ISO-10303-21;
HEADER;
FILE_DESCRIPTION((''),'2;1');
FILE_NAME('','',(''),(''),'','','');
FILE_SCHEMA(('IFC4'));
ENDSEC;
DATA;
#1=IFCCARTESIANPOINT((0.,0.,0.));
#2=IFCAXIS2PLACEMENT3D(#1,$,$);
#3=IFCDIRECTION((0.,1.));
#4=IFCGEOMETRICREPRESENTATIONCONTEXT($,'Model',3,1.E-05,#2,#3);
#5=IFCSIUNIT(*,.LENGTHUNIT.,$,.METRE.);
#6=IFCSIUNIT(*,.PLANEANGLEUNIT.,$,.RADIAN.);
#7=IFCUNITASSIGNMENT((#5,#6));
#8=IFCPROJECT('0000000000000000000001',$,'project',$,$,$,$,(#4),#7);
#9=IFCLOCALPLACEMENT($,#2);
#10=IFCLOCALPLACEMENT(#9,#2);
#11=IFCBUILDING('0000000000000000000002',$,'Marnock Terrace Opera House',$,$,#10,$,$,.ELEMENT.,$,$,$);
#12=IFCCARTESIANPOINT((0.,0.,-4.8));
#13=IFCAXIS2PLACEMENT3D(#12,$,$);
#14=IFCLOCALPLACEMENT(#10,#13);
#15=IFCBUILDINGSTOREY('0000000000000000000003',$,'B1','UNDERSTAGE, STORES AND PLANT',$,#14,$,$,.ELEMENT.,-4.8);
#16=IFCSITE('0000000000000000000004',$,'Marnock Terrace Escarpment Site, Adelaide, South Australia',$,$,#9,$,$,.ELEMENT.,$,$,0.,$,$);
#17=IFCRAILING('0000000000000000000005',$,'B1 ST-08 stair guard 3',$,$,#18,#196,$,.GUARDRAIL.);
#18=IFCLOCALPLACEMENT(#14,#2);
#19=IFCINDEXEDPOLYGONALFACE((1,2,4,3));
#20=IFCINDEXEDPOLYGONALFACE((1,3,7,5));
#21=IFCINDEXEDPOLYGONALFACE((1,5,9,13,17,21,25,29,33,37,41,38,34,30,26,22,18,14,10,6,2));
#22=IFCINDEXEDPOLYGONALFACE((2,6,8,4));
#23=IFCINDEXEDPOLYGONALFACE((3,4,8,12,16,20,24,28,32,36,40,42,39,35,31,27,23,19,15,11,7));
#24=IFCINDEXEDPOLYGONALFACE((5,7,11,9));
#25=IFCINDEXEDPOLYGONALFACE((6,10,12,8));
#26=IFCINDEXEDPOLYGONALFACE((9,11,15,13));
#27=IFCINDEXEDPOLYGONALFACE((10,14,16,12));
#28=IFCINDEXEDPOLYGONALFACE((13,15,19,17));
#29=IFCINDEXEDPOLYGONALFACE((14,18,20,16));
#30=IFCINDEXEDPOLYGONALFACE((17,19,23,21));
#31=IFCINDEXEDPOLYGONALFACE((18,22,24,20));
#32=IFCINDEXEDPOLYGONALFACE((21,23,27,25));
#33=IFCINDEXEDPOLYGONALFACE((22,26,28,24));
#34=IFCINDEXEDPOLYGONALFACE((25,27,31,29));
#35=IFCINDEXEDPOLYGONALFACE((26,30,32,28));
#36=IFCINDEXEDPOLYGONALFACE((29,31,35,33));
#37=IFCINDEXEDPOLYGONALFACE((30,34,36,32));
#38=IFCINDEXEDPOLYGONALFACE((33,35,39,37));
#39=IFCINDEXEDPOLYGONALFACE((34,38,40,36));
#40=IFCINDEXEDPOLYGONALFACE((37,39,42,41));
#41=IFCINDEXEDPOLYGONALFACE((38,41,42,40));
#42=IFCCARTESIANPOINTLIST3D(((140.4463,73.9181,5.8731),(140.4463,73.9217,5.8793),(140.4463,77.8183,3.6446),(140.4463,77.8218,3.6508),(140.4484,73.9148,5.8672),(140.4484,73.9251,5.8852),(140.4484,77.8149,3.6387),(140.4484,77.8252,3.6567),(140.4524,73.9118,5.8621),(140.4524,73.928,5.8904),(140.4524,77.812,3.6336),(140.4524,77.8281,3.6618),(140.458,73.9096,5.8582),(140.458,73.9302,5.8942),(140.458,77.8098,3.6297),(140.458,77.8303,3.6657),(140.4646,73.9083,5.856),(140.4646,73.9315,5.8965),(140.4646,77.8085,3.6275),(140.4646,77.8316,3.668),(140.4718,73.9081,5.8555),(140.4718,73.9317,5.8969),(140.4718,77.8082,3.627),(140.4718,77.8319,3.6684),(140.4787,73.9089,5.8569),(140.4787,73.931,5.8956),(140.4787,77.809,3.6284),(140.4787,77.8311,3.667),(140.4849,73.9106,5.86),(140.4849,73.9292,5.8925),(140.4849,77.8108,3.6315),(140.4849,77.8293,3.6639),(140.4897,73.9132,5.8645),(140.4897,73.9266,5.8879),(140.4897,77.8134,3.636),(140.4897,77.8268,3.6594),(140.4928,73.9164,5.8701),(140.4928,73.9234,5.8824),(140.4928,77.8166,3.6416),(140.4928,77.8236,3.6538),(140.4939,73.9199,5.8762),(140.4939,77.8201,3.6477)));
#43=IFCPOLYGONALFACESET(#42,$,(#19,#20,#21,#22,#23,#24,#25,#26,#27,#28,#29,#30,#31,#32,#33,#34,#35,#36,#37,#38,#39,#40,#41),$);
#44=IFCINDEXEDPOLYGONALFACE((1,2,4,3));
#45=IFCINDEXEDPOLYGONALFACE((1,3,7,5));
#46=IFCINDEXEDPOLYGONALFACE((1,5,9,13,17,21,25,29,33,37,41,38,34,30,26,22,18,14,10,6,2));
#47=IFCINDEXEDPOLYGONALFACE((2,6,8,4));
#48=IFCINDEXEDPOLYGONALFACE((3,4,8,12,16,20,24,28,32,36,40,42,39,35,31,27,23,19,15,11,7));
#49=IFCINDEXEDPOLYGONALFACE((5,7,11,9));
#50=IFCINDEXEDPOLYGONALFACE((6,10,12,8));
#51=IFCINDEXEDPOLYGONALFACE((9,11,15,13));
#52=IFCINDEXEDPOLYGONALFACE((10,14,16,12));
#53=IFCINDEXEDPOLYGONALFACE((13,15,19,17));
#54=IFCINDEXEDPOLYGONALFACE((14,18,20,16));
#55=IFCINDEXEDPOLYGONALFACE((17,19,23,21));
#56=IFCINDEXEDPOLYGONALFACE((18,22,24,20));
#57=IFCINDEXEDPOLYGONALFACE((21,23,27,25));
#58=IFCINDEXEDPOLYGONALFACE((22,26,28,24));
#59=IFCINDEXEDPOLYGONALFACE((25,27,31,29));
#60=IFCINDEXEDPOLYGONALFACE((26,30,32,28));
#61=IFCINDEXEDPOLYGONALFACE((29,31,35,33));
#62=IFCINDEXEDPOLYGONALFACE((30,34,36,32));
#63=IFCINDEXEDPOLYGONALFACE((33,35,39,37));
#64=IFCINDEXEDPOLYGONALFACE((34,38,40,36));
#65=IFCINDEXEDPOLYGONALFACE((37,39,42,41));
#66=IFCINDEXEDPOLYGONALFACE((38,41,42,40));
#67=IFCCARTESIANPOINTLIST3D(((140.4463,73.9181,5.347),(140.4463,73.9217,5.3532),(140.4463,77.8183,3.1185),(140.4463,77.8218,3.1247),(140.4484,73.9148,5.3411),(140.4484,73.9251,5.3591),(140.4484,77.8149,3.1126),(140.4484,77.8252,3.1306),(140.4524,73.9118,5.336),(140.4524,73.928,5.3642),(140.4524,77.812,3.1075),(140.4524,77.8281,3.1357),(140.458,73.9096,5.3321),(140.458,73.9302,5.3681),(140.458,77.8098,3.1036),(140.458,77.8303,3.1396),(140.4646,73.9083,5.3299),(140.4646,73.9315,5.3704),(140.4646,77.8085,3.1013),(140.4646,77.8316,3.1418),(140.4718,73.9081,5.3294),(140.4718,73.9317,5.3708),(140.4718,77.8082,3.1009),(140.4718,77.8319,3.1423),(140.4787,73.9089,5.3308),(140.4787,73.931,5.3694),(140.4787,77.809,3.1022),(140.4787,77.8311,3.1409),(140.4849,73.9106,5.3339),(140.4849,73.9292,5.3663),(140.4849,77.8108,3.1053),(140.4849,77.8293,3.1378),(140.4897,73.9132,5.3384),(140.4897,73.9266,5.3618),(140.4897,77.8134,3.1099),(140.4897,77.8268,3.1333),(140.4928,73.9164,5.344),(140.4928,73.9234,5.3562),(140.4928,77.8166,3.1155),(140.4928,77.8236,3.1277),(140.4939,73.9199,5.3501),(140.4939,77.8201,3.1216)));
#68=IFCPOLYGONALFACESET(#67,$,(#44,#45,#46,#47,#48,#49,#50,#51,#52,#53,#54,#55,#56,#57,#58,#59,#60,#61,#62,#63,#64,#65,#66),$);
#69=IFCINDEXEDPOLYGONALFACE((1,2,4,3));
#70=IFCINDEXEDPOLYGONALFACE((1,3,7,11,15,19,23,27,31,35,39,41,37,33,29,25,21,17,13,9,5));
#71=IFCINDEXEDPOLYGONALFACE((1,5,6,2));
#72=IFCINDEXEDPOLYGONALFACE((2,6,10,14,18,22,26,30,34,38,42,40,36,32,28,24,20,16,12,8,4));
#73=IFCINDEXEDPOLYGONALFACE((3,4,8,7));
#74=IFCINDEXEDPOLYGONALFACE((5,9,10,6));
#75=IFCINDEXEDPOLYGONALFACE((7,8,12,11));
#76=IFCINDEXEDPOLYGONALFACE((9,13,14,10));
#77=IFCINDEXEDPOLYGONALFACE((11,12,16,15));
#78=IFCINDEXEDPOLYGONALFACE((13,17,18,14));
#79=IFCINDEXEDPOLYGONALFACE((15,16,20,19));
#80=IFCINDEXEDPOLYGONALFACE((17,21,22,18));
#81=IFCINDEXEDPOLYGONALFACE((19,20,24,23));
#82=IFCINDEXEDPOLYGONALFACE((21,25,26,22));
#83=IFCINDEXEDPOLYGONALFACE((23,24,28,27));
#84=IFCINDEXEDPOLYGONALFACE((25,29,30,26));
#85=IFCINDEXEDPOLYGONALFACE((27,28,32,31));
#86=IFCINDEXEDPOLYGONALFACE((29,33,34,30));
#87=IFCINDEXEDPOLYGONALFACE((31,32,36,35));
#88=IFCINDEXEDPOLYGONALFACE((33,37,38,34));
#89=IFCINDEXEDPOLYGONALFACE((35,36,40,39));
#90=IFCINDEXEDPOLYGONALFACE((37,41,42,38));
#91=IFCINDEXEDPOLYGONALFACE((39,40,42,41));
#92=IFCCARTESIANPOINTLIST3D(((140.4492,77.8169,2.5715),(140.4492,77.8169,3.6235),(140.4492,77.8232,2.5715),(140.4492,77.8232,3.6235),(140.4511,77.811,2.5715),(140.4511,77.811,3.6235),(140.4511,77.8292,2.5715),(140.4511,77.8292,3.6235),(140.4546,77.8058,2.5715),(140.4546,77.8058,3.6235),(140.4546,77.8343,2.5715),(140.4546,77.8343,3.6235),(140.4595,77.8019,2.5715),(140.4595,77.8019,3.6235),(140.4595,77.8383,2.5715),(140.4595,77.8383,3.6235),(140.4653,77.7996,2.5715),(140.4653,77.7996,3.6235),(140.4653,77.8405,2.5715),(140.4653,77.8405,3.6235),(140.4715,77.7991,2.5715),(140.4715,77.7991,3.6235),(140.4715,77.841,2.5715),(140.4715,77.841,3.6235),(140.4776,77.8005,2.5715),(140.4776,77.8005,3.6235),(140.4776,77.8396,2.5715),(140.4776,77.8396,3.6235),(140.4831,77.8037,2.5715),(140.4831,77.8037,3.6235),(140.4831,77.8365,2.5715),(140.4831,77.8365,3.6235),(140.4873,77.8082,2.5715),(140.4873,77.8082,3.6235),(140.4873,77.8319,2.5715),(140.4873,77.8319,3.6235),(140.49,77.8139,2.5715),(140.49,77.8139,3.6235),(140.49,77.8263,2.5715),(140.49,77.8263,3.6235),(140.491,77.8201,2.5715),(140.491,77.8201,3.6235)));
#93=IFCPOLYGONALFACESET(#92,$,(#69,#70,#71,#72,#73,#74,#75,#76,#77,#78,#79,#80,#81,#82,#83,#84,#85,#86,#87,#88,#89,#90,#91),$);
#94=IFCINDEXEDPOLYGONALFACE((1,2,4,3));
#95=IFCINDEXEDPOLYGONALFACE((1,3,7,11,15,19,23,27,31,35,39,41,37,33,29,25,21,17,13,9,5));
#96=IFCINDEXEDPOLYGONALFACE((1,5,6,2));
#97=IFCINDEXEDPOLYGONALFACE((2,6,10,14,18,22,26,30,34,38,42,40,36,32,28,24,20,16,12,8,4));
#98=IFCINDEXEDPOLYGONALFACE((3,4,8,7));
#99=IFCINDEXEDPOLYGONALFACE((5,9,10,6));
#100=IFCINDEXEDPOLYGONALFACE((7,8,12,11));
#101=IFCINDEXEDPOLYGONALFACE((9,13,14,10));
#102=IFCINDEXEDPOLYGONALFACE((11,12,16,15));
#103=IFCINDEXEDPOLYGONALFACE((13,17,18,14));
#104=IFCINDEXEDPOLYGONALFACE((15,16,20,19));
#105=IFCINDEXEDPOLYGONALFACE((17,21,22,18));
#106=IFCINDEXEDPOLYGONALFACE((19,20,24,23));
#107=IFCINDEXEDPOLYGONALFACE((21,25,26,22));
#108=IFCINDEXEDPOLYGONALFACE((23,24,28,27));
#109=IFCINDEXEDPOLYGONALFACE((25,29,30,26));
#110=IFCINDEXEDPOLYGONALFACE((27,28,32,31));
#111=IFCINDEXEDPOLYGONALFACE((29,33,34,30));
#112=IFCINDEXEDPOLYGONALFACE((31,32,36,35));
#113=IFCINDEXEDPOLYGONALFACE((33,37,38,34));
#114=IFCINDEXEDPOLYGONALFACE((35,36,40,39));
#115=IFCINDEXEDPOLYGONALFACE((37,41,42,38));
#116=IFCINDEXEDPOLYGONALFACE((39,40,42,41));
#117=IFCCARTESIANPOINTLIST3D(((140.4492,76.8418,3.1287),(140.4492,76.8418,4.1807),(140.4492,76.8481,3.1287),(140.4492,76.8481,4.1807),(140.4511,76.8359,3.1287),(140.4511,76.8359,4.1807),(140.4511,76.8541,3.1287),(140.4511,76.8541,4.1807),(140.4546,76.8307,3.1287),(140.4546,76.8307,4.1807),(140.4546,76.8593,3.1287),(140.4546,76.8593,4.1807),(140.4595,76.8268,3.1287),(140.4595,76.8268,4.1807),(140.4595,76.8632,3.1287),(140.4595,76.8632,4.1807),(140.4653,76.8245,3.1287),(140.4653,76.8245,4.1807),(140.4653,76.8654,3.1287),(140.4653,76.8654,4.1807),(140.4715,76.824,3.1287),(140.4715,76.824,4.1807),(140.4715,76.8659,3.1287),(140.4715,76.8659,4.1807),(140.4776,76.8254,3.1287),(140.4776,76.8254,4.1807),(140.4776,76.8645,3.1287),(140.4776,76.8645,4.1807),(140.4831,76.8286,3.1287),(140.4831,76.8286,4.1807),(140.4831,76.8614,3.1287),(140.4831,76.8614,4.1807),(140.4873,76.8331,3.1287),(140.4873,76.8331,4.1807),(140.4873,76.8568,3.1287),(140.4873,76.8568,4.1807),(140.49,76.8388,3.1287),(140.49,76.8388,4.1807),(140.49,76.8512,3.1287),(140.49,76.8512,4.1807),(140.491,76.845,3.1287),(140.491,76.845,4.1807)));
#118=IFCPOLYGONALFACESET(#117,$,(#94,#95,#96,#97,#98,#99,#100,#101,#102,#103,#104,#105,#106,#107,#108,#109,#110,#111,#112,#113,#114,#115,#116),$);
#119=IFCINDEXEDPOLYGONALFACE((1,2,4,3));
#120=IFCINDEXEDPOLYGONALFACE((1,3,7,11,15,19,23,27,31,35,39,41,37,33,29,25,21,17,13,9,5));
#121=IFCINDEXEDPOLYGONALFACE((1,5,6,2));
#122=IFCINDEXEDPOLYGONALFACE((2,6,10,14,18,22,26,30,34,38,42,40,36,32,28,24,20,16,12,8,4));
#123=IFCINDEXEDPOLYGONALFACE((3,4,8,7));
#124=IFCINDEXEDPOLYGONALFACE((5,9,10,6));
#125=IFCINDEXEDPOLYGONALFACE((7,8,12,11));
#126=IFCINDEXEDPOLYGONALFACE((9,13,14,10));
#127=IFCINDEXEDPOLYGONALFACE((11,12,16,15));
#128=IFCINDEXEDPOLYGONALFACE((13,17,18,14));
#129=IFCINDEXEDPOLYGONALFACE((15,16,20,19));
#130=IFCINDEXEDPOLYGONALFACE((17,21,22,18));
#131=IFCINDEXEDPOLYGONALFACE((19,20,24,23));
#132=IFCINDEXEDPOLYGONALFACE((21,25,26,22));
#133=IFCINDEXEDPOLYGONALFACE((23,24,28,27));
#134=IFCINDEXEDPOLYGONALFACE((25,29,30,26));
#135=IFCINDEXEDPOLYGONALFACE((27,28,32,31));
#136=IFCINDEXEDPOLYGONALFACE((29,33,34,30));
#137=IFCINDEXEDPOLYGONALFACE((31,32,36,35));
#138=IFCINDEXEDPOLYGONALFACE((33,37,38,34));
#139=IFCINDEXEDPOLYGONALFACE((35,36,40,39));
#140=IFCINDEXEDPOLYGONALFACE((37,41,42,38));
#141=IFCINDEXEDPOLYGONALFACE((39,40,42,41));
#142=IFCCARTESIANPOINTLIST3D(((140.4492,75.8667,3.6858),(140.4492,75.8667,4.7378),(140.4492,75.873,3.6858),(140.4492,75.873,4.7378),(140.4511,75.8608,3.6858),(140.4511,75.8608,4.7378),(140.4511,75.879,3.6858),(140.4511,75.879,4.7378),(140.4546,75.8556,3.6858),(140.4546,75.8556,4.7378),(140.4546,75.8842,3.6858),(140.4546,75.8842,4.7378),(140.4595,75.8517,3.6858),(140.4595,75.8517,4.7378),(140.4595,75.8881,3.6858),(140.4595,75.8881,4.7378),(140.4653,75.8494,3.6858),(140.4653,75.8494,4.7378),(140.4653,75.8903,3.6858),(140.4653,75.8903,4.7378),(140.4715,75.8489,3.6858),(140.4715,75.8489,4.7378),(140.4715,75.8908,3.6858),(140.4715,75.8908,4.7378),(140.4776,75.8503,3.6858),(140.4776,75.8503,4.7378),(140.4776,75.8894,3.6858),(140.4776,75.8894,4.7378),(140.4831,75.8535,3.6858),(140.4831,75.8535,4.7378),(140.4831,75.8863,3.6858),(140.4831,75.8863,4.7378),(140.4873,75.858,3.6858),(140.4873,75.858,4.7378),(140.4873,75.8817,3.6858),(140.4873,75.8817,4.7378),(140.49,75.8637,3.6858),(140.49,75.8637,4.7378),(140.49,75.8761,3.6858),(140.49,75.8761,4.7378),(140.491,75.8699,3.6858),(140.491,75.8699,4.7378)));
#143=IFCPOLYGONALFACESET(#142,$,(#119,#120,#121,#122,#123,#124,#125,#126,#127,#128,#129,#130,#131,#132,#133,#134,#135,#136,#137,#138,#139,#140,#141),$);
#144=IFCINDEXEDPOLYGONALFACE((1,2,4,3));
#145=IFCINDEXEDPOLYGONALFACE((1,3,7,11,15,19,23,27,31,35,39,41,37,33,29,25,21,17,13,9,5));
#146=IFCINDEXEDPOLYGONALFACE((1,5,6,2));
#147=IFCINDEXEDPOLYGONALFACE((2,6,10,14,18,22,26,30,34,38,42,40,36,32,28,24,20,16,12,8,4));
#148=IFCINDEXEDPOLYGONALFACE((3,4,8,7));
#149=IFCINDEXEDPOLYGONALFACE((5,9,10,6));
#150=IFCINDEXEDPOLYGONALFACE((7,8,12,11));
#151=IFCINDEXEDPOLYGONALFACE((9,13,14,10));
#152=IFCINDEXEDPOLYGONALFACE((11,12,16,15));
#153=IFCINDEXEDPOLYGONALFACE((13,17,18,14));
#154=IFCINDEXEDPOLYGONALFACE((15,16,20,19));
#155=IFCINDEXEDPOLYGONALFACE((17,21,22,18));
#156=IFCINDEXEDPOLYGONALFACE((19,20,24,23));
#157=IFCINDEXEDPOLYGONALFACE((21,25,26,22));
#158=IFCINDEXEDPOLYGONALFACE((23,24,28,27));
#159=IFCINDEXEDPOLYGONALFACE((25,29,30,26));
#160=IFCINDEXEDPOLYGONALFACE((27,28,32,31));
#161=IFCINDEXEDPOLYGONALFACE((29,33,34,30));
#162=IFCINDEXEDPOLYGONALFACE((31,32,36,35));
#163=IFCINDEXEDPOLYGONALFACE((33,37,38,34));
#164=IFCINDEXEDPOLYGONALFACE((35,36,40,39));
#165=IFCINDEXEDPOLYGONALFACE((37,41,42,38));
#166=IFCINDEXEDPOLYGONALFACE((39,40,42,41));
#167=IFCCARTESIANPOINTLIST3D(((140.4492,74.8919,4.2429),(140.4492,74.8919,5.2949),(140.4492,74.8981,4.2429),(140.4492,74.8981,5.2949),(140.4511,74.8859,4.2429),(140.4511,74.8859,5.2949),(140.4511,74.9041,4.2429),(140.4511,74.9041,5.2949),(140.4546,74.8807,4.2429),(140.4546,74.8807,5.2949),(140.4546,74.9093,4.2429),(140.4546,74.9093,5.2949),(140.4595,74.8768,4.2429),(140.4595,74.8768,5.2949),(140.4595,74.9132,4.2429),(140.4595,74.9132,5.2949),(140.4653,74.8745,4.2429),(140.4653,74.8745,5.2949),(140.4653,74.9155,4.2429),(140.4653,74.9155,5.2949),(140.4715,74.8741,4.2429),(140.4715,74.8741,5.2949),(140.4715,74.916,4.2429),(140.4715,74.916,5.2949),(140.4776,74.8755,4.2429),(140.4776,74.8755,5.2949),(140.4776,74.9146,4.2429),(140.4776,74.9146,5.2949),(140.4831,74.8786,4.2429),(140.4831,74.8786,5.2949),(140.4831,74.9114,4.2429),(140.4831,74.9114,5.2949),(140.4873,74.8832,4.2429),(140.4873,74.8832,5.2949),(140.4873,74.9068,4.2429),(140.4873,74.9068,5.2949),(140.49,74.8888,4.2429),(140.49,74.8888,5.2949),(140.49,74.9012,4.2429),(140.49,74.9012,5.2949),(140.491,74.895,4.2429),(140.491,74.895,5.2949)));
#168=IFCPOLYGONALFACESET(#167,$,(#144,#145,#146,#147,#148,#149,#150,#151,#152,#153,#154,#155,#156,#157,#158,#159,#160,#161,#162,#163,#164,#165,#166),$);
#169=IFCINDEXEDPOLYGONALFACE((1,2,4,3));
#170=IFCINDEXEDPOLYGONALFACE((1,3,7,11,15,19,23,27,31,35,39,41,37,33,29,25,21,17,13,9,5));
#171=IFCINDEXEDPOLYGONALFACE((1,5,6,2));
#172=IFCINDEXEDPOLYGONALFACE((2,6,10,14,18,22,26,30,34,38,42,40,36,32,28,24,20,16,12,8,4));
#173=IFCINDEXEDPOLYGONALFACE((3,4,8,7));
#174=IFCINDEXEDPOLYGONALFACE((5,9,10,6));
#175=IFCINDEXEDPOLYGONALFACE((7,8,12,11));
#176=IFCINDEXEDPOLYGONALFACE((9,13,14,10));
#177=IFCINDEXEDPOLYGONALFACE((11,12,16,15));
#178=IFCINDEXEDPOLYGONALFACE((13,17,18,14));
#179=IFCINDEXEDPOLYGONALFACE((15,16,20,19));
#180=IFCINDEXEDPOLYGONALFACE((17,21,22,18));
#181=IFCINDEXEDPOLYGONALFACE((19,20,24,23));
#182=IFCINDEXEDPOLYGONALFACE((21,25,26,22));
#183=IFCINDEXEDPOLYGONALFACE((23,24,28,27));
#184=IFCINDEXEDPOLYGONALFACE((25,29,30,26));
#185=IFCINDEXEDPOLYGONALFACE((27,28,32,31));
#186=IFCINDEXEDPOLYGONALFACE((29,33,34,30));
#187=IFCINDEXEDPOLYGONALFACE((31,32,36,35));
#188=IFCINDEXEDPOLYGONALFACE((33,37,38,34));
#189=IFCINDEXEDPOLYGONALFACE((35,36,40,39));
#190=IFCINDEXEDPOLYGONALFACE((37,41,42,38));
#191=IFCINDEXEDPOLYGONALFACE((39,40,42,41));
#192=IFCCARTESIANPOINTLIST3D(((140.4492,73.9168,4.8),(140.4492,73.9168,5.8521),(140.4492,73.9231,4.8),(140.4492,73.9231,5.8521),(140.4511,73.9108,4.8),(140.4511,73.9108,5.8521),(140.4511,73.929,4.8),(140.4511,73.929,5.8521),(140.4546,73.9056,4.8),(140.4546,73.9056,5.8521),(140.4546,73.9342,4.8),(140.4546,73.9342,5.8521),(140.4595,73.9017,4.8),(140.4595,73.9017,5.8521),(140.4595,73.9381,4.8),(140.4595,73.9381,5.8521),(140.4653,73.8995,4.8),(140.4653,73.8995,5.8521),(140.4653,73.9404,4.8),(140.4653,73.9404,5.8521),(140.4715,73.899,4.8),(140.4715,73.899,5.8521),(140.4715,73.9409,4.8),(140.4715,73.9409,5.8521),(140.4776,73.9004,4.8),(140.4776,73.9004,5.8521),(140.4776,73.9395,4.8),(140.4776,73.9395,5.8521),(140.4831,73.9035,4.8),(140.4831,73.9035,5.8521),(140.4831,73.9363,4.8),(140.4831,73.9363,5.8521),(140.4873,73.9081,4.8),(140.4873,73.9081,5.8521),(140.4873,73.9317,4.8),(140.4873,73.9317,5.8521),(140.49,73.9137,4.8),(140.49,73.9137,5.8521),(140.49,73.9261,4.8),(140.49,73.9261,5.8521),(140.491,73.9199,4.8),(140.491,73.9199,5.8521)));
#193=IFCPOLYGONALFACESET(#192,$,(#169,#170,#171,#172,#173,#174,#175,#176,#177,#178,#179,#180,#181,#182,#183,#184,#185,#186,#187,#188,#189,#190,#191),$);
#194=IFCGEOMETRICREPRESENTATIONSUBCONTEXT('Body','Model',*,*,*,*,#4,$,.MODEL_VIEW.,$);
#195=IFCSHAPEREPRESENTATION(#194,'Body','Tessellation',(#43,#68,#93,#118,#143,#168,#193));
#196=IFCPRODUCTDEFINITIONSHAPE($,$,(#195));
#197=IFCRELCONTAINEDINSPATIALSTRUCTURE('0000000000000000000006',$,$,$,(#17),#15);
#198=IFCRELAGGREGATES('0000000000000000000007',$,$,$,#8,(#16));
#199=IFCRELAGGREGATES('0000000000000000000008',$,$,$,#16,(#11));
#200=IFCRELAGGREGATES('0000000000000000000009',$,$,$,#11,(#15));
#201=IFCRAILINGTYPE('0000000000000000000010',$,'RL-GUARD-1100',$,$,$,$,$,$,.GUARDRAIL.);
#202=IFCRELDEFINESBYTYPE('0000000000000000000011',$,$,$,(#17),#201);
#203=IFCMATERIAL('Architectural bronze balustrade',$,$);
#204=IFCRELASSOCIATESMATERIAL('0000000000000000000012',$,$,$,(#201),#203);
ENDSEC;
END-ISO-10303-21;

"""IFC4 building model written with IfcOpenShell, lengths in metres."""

from ifc_helpers import new_model, si_unit, direction, frame, origin, origin_2d, place, context, subcontext, project, spatial, circle, extrude, material, type_object, element, save


model = new_model("IFC4")

# Units and contexts
model_context = context("Model", 3, precision=1e-05, world=origin(), true_north=direction((0.0, 1.0)))
body_context = subcontext(model_context, "Body", "Model", "MODEL_VIEW")
ifc_project = project(units=[si_unit("LENGTHUNIT", "METRE"), si_unit("PLANEANGLEUNIT", "RADIAN")], contexts=[model_context])

# Site, building, storey
site_placement = place(None, origin())
site = spatial("IfcSite", under=ifc_project, at=site_placement, Name="Marnock Terrace Escarpment Site, Adelaide, South Australia", CompositionType="ELEMENT", RefElevation=0.0)
building_placement = place(site_placement, origin())
building = spatial("IfcBuilding", under=site, at=building_placement, Name="Marnock Terrace Opera House", CompositionType="ELEMENT")
storey_placement = place(building_placement, frame((0.0, 0.0, -4.8)))
storey = spatial("IfcBuildingStorey", under=building, at=storey_placement, Name="B1", Description="UNDERSTAGE, STORES AND PLANT", CompositionType="ELEMENT", Elevation=-4.8)

# Railing
ifc_material_1 = material(Name="Architectural bronze balustrade")
railing_type_1 = type_object("IfcRailingType", Name="RL-GUARD-1100", PredefinedType="GUARDRAIL", material=ifc_material_1)
railing_1_placement = place(storey_placement, frame((140.47, 77.8201, 2.5715)))
element("IfcRailing", 1, at=railing_1_placement, inside=storey, type_object=railing_type_1, Name="B1 ST-08 stair guard 3", PredefinedType="GUARDRAIL", context=body_context, shape_type="SweptSolid", body=[
    extrude(circle(Radius=0.0239, at=origin_2d()), frame((0.0, 0.0, 1.0762), z_axis=(0.0, -0.868257, 0.496116), x_axis=(1.0, 0.0, 0.0)), (0.0, 0.0, 1.0), 4.4919),
    extrude(circle(Radius=0.0239, at=origin_2d()), frame((0.0, 0.0, 0.55), z_axis=(0.0, -0.868257, 0.496116), x_axis=(1.0, 0.0, 0.0)), (0.0, 0.0, 1.0), 4.4919),
    extrude(circle(Radius=0.021, at=origin_2d()), origin(), (0.0, 0.0, 1.0), 1.052),
    extrude(circle(Radius=0.021, at=origin_2d()), frame((0.0, -0.9751, 0.5571)), (0.0, 0.0, 1.0), 1.052),
    extrude(circle(Radius=0.021, at=origin_2d()), frame((0.0, -1.9502, 1.1143)), (0.0, 0.0, 1.0), 1.052),
    extrude(circle(Radius=0.021, at=origin_2d()), frame((0.0, -2.925, 1.6714)), (0.0, 0.0, 1.0), 1.052),
    extrude(circle(Radius=0.021, at=origin_2d()), frame((0.0, -3.9001, 2.2285)), (0.0, 0.0, 1.0), 1.052),
])

save(model, "model.ifc")
